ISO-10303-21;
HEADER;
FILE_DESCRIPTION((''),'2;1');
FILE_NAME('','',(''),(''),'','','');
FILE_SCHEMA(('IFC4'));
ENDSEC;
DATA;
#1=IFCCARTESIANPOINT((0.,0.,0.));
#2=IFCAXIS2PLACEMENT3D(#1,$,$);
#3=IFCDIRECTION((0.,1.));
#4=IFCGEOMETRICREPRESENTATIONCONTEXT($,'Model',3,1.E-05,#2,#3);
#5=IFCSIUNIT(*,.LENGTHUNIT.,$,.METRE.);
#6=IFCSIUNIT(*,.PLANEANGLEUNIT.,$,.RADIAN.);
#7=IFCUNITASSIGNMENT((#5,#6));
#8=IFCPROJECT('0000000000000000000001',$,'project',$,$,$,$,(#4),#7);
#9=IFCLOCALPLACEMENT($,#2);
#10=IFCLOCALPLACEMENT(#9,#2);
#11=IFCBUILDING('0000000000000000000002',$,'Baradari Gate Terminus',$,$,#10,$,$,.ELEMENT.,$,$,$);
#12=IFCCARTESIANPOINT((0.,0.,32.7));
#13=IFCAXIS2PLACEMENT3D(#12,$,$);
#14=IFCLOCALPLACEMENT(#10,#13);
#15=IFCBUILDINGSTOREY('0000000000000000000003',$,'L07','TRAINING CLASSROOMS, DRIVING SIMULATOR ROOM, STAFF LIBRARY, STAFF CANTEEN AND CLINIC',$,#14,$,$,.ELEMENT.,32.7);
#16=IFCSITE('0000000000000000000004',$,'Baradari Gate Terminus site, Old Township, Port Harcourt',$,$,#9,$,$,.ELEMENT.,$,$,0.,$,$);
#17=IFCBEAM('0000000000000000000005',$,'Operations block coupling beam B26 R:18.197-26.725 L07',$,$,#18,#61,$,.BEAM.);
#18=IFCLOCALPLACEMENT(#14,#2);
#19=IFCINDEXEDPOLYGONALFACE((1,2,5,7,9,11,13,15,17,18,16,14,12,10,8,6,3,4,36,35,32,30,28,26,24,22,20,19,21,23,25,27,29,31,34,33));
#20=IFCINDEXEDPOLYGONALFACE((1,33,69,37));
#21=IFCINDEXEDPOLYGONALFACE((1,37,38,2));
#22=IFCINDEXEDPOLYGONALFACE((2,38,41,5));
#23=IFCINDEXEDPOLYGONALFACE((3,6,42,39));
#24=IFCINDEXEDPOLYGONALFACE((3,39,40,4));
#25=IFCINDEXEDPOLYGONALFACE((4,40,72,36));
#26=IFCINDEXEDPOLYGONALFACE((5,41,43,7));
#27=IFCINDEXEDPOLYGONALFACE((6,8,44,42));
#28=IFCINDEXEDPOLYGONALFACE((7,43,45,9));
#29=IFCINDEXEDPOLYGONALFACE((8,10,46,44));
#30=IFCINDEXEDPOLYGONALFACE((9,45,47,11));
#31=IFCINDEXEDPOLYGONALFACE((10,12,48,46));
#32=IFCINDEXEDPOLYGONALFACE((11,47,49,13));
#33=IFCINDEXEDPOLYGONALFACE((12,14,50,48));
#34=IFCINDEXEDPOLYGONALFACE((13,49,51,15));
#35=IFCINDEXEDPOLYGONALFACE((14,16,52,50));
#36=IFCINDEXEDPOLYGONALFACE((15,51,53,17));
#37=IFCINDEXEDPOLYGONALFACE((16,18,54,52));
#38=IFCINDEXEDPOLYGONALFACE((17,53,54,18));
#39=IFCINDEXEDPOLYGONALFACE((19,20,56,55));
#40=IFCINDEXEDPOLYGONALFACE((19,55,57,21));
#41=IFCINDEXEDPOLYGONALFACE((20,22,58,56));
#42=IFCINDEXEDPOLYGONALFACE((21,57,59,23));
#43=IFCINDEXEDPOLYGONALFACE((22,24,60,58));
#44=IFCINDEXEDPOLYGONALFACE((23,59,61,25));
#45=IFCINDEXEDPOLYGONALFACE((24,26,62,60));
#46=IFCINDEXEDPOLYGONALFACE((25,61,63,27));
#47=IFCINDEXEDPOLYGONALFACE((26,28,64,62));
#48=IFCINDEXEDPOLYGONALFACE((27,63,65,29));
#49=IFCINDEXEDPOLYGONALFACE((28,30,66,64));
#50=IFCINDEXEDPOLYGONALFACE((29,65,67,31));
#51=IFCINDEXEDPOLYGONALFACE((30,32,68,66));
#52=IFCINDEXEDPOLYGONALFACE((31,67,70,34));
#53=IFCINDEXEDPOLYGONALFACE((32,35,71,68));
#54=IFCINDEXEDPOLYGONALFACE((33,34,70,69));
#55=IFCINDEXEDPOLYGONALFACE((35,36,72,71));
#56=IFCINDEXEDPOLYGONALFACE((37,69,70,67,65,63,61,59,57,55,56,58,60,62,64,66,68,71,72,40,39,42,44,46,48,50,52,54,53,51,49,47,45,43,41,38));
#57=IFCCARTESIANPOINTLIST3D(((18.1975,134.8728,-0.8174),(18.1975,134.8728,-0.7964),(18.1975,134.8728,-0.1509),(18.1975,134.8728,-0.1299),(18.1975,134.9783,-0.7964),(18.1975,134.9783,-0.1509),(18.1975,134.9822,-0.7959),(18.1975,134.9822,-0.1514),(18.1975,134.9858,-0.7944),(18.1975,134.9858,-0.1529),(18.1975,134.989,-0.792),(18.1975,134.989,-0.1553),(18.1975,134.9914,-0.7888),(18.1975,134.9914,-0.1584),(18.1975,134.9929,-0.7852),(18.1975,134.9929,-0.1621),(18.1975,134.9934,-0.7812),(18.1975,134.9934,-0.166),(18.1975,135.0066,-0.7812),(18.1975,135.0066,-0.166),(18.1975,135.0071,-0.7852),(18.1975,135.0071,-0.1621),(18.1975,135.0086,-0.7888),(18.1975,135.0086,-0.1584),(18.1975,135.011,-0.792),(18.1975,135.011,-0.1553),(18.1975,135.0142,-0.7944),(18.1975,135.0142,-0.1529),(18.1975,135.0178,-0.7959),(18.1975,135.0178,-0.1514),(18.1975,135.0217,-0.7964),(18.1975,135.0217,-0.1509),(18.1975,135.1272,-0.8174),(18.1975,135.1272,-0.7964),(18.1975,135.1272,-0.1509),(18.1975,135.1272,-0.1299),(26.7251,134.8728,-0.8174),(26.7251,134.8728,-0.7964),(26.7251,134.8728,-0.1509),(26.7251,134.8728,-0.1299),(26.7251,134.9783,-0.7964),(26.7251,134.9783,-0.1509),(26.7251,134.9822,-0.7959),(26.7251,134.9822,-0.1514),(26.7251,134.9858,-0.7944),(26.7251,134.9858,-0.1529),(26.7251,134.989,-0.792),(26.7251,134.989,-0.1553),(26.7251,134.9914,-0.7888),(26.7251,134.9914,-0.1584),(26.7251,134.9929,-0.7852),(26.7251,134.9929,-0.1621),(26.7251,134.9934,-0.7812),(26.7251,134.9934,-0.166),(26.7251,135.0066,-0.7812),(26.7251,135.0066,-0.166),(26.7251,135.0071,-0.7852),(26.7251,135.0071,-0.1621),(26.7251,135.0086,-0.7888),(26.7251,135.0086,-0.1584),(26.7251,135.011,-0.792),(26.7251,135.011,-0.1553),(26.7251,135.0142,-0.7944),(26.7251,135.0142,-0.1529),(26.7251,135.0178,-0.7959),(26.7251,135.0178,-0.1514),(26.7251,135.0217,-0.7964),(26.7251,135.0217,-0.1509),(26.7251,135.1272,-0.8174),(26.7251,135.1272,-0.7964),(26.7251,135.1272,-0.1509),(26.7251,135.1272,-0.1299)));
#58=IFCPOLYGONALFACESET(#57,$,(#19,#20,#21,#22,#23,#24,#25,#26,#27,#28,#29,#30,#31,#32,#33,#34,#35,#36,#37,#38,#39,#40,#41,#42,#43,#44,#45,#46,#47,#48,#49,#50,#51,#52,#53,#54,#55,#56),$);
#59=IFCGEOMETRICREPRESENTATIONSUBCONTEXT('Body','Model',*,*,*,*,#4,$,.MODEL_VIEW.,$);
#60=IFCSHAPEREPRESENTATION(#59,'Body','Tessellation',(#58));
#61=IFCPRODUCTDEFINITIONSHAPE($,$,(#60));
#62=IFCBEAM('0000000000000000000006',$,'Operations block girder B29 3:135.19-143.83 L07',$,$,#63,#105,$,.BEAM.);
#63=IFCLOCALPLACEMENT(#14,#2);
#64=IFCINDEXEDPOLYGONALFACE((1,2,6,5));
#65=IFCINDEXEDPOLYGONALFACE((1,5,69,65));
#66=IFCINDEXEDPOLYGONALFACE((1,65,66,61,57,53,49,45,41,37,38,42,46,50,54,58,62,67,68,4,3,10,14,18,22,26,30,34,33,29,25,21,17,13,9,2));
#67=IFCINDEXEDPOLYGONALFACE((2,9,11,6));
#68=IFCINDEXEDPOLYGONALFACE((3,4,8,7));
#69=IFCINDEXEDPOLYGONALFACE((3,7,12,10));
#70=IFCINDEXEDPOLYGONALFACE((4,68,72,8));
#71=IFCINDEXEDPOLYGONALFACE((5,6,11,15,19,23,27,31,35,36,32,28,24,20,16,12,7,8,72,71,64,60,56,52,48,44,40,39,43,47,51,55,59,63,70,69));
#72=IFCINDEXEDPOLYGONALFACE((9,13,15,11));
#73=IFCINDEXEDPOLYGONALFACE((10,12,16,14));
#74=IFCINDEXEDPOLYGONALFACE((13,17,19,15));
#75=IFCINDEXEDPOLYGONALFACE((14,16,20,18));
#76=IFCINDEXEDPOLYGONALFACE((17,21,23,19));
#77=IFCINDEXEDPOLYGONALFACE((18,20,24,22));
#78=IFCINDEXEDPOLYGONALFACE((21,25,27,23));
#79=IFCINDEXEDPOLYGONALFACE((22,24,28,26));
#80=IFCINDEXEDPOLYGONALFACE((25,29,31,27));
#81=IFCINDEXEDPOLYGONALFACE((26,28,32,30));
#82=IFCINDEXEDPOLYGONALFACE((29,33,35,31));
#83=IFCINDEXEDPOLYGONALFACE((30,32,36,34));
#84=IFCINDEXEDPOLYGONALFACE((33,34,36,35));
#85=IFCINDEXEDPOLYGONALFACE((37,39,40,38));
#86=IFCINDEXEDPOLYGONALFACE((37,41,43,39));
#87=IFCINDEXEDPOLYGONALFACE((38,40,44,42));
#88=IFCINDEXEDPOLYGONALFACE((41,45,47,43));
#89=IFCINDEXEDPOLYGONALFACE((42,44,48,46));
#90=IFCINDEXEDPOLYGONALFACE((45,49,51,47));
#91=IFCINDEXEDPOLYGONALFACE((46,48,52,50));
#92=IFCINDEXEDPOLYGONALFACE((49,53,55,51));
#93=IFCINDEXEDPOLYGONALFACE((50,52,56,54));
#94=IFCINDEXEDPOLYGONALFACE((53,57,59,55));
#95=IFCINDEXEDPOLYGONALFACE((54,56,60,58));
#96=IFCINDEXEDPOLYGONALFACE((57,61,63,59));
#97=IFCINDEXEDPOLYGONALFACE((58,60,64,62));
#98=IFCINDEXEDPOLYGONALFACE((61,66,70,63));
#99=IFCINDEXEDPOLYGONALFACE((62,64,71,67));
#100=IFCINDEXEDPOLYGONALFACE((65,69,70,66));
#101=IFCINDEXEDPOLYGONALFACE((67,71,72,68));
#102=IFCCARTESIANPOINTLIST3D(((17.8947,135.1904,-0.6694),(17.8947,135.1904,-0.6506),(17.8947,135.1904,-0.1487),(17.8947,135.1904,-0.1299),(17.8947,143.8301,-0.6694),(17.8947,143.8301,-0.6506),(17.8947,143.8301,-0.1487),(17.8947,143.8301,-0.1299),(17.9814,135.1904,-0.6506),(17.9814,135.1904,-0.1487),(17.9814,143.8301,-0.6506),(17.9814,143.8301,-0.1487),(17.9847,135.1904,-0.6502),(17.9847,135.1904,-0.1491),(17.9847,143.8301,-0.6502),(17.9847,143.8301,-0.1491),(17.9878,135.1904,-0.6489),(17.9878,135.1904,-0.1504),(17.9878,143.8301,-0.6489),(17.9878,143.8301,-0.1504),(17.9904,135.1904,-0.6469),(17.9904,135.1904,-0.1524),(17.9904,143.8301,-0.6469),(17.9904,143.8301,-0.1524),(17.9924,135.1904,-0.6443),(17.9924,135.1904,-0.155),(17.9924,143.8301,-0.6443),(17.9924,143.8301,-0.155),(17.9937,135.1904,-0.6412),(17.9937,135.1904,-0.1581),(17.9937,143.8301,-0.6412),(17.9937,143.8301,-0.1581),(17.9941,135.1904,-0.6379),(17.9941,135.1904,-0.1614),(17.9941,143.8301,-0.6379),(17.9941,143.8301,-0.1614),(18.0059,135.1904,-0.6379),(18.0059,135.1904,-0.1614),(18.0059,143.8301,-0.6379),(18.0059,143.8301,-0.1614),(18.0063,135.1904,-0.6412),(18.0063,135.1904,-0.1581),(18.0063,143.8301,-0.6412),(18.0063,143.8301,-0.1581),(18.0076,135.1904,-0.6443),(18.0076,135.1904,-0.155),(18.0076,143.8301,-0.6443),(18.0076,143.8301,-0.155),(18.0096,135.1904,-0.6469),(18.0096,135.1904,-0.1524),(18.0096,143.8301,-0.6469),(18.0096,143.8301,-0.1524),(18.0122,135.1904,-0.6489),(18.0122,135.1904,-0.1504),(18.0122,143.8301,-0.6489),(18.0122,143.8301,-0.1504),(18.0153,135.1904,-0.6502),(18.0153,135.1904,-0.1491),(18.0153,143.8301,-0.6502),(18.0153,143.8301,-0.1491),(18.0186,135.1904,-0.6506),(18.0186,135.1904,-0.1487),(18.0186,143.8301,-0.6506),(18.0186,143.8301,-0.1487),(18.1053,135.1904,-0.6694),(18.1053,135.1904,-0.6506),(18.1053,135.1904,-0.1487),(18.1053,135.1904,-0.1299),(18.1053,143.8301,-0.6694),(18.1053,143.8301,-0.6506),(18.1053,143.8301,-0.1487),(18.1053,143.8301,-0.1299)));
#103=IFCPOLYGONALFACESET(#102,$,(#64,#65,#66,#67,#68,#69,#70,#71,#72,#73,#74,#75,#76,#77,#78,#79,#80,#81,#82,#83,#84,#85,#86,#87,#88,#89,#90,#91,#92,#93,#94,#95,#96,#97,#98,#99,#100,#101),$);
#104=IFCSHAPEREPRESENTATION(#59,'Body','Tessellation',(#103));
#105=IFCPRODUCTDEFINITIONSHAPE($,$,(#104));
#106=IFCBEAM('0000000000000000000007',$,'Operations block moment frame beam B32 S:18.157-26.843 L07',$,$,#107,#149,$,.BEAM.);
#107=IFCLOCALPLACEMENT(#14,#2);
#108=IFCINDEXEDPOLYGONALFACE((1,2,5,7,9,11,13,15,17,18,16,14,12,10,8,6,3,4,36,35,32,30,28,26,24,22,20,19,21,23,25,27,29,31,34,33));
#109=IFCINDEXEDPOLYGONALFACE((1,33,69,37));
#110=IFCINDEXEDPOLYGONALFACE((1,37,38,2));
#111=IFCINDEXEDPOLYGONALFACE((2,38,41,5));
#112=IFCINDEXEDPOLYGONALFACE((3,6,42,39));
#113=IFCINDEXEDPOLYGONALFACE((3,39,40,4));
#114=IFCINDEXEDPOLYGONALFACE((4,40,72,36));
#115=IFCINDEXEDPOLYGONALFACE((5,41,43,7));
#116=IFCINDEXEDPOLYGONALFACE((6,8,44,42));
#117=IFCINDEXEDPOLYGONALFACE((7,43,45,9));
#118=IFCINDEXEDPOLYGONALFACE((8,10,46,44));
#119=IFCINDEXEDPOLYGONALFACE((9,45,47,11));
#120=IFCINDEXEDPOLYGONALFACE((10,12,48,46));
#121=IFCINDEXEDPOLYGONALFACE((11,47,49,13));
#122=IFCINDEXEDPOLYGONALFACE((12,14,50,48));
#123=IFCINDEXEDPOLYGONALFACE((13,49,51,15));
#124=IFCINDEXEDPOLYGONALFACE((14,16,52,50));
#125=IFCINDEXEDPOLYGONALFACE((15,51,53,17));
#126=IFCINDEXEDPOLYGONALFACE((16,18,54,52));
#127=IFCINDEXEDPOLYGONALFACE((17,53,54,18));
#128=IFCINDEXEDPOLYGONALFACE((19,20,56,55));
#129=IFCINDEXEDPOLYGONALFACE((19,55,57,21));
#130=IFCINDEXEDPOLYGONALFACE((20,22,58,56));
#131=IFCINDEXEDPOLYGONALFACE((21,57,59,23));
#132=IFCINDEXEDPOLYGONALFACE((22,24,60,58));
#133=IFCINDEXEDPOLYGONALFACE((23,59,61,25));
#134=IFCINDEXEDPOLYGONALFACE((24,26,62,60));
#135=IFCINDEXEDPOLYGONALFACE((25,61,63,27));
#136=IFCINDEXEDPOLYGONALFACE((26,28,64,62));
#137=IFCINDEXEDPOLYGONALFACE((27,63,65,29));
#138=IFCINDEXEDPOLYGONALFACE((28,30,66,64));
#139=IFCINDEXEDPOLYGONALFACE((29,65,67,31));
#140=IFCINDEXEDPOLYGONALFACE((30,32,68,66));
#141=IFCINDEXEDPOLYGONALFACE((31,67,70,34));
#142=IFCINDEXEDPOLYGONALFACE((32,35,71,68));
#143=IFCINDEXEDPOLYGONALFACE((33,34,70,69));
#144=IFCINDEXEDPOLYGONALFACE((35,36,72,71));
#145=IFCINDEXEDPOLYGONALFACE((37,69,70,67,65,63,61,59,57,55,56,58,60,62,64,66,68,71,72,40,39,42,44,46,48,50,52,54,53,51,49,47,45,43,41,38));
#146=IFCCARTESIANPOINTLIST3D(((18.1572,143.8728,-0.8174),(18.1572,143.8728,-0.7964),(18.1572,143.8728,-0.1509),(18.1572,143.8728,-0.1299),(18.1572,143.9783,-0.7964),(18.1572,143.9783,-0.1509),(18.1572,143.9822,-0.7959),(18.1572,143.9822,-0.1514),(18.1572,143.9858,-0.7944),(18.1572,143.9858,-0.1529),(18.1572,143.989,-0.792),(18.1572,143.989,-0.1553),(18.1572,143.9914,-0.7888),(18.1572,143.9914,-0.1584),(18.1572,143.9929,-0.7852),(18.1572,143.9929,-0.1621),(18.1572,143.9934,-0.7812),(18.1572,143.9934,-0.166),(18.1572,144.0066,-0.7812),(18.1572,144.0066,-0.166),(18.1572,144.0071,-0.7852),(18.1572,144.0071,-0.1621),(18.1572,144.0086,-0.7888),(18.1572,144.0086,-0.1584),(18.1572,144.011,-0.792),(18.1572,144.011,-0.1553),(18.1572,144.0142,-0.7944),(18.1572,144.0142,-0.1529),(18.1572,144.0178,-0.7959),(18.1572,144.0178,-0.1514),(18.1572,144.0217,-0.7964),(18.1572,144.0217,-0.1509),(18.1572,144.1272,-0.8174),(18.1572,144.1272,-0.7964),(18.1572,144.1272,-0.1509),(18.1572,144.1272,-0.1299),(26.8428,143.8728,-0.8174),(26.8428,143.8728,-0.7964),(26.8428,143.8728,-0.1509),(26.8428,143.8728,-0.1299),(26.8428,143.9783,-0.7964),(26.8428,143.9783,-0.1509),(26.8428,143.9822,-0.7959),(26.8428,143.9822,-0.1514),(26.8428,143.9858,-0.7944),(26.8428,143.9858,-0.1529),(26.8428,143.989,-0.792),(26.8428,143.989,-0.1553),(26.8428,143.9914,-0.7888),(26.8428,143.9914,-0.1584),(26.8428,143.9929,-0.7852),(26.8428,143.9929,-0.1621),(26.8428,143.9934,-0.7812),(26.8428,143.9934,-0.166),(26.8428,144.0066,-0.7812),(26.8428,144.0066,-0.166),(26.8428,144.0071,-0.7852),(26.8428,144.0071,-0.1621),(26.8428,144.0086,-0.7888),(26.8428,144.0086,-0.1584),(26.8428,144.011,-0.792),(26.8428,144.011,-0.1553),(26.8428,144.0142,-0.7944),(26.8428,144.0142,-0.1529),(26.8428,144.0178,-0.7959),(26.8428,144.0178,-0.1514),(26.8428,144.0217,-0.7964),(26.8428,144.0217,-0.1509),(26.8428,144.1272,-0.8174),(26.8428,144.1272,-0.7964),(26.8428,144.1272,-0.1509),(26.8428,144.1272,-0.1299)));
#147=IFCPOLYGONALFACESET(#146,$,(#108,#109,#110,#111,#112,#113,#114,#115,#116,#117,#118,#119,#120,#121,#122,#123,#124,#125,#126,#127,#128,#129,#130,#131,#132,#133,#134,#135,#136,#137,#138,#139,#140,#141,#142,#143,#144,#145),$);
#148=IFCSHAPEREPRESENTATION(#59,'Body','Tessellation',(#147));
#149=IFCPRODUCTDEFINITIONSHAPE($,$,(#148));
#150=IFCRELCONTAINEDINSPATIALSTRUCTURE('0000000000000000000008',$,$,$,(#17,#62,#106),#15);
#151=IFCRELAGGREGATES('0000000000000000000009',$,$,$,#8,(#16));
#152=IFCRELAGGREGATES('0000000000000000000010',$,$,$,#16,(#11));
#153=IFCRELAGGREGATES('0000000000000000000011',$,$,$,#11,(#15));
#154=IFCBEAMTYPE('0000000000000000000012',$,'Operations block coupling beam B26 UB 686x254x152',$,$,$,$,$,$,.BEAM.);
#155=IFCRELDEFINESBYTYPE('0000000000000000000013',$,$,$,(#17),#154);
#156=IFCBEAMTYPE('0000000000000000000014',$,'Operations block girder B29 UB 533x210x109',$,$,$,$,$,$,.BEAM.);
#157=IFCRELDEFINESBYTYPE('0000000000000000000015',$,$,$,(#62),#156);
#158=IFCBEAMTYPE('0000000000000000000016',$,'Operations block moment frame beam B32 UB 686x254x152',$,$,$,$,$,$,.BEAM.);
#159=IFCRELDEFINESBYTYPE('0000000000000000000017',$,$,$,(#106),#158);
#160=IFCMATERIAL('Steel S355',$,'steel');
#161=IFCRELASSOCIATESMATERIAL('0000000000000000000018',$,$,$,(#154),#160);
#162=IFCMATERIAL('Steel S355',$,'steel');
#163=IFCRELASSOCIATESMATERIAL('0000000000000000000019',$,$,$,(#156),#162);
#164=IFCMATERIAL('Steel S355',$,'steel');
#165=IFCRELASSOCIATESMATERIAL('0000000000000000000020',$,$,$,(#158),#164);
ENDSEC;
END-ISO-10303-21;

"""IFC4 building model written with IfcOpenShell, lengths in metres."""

from ifc_helpers import new_model, si_unit, direction, frame, origin, origin_2d, place, context, subcontext, project, spatial, i_section, extrude, material, material_profile, profile_set, type_object, element, save


model = new_model("IFC4")

# Units and contexts
model_context = context("Model", 3, precision=1e-05, world=origin(), true_north=direction((0.0, 1.0)))
body_context = subcontext(model_context, "Body", "Model", "MODEL_VIEW")
ifc_project = project(units=[si_unit("LENGTHUNIT", "METRE"), si_unit("PLANEANGLEUNIT", "RADIAN")], contexts=[model_context])

# Site, building, storey
site_placement = place(None, origin())
site = spatial("IfcSite", under=ifc_project, at=site_placement, Name="Baradari Gate Terminus site, Old Township, Port Harcourt", CompositionType="ELEMENT", RefElevation=0.0)
building_placement = place(site_placement, origin())
building = spatial("IfcBuilding", under=site, at=building_placement, Name="Baradari Gate Terminus", CompositionType="ELEMENT")
storey_placement = place(building_placement, frame((0.0, 0.0, 32.7)))
storey = spatial("IfcBuildingStorey", under=building, at=storey_placement, Name="L07", Description="TRAINING CLASSROOMS, DRIVING SIMULATOR ROOM, STAFF LIBRARY, STAFF CANTEEN AND CLINIC", CompositionType="ELEMENT", Elevation=32.7)

# Beams
ifc_material_1 = material(Name="Steel S355", Category="steel")
ifc_material_profile_1 = material_profile(ifc_material_1, i_section(OverallWidth=0.2544, OverallDepth=0.6875, WebThickness=0.0132, FlangeThickness=0.021, FilletRadius=0.0151, at=origin_2d()), Name="UB 686x254x152")
ifc_profile_set_1 = profile_set([ifc_material_profile_1], Name="Steel S355")
beam_type_1 = type_object("IfcBeamType", Name="Operations block coupling beam B26 UB 686x254x152", PredefinedType="BEAM", material=ifc_profile_set_1)
beam_1_placement = place(storey_placement, frame((18.1975, 135.0, -0.4736), z_axis=(1.0, 0.0, 0.0), x_axis=(0.0, 1.0, 0.0)))
element("IfcBeam", 1, at=beam_1_placement, inside=storey, type_object=beam_type_1, Name="Operations block coupling beam B26 R:18.197-26.725 L07", PredefinedType="BEAM", context=body_context, shape_type="SweptSolid", body=[
    extrude(i_section(OverallWidth=0.2544, OverallDepth=0.6875, WebThickness=0.0132, FlangeThickness=0.021, FilletRadius=0.0151, at=origin_2d()), origin(), (0.0, 0.0, 1.0), 8.5276),
])
ifc_material_2 = material(Name="Steel S355", Category="steel")
ifc_material_profile_2 = material_profile(ifc_material_2, i_section(OverallWidth=0.2107, OverallDepth=0.5396, WebThickness=0.0117, FlangeThickness=0.0188, FilletRadius=0.0127, at=origin_2d()), Name="UB 533x210x109")
ifc_profile_set_2 = profile_set([ifc_material_profile_2], Name="Steel S355")
beam_type_2 = type_object("IfcBeamType", Name="Operations block girder B29 UB 533x210x109", PredefinedType="BEAM", material=ifc_profile_set_2)
beam_2_placement = place(storey_placement, frame((18.0, 135.1904, -0.3997), z_axis=(0.0, 1.0, 0.0), x_axis=(-1.0, 0.0, 0.0)))
element("IfcBeam", 2, at=beam_2_placement, inside=storey, type_object=beam_type_2, Name="Operations block girder B29 3:135.19-143.83 L07", PredefinedType="BEAM", context=body_context, shape_type="SweptSolid", body=[
    extrude(i_section(OverallWidth=0.2107, OverallDepth=0.5396, WebThickness=0.0117, FlangeThickness=0.0188, FilletRadius=0.0127, at=origin_2d()), origin(), (0.0, 0.0, 1.0), 8.6396),
])
ifc_material_3 = material(Name="Steel S355", Category="steel")
ifc_material_profile_3 = material_profile(ifc_material_3, i_section(OverallWidth=0.2544, OverallDepth=0.6875, WebThickness=0.0132, FlangeThickness=0.021, FilletRadius=0.0151, at=origin_2d()), Name="UB 686x254x152")
ifc_profile_set_3 = profile_set([ifc_material_profile_3], Name="Steel S355")
beam_type_3 = type_object("IfcBeamType", Name="Operations block moment frame beam B32 UB 686x254x152", PredefinedType="BEAM", material=ifc_profile_set_3)
beam_3_placement = place(storey_placement, frame((18.1572, 144.0, -0.4736), z_axis=(1.0, 0.0, 0.0), x_axis=(0.0, 1.0, 0.0)))
element("IfcBeam", 3, at=beam_3_placement, inside=storey, type_object=beam_type_3, Name="Operations block moment frame beam B32 S:18.157-26.843 L07", PredefinedType="BEAM", context=body_context, shape_type="SweptSolid", body=[
    extrude(i_section(OverallWidth=0.2544, OverallDepth=0.6875, WebThickness=0.0132, FlangeThickness=0.021, FilletRadius=0.0151, at=origin_2d()), origin(), (0.0, 0.0, 1.0), 8.6855),
])

save(model, "model.ifc")
